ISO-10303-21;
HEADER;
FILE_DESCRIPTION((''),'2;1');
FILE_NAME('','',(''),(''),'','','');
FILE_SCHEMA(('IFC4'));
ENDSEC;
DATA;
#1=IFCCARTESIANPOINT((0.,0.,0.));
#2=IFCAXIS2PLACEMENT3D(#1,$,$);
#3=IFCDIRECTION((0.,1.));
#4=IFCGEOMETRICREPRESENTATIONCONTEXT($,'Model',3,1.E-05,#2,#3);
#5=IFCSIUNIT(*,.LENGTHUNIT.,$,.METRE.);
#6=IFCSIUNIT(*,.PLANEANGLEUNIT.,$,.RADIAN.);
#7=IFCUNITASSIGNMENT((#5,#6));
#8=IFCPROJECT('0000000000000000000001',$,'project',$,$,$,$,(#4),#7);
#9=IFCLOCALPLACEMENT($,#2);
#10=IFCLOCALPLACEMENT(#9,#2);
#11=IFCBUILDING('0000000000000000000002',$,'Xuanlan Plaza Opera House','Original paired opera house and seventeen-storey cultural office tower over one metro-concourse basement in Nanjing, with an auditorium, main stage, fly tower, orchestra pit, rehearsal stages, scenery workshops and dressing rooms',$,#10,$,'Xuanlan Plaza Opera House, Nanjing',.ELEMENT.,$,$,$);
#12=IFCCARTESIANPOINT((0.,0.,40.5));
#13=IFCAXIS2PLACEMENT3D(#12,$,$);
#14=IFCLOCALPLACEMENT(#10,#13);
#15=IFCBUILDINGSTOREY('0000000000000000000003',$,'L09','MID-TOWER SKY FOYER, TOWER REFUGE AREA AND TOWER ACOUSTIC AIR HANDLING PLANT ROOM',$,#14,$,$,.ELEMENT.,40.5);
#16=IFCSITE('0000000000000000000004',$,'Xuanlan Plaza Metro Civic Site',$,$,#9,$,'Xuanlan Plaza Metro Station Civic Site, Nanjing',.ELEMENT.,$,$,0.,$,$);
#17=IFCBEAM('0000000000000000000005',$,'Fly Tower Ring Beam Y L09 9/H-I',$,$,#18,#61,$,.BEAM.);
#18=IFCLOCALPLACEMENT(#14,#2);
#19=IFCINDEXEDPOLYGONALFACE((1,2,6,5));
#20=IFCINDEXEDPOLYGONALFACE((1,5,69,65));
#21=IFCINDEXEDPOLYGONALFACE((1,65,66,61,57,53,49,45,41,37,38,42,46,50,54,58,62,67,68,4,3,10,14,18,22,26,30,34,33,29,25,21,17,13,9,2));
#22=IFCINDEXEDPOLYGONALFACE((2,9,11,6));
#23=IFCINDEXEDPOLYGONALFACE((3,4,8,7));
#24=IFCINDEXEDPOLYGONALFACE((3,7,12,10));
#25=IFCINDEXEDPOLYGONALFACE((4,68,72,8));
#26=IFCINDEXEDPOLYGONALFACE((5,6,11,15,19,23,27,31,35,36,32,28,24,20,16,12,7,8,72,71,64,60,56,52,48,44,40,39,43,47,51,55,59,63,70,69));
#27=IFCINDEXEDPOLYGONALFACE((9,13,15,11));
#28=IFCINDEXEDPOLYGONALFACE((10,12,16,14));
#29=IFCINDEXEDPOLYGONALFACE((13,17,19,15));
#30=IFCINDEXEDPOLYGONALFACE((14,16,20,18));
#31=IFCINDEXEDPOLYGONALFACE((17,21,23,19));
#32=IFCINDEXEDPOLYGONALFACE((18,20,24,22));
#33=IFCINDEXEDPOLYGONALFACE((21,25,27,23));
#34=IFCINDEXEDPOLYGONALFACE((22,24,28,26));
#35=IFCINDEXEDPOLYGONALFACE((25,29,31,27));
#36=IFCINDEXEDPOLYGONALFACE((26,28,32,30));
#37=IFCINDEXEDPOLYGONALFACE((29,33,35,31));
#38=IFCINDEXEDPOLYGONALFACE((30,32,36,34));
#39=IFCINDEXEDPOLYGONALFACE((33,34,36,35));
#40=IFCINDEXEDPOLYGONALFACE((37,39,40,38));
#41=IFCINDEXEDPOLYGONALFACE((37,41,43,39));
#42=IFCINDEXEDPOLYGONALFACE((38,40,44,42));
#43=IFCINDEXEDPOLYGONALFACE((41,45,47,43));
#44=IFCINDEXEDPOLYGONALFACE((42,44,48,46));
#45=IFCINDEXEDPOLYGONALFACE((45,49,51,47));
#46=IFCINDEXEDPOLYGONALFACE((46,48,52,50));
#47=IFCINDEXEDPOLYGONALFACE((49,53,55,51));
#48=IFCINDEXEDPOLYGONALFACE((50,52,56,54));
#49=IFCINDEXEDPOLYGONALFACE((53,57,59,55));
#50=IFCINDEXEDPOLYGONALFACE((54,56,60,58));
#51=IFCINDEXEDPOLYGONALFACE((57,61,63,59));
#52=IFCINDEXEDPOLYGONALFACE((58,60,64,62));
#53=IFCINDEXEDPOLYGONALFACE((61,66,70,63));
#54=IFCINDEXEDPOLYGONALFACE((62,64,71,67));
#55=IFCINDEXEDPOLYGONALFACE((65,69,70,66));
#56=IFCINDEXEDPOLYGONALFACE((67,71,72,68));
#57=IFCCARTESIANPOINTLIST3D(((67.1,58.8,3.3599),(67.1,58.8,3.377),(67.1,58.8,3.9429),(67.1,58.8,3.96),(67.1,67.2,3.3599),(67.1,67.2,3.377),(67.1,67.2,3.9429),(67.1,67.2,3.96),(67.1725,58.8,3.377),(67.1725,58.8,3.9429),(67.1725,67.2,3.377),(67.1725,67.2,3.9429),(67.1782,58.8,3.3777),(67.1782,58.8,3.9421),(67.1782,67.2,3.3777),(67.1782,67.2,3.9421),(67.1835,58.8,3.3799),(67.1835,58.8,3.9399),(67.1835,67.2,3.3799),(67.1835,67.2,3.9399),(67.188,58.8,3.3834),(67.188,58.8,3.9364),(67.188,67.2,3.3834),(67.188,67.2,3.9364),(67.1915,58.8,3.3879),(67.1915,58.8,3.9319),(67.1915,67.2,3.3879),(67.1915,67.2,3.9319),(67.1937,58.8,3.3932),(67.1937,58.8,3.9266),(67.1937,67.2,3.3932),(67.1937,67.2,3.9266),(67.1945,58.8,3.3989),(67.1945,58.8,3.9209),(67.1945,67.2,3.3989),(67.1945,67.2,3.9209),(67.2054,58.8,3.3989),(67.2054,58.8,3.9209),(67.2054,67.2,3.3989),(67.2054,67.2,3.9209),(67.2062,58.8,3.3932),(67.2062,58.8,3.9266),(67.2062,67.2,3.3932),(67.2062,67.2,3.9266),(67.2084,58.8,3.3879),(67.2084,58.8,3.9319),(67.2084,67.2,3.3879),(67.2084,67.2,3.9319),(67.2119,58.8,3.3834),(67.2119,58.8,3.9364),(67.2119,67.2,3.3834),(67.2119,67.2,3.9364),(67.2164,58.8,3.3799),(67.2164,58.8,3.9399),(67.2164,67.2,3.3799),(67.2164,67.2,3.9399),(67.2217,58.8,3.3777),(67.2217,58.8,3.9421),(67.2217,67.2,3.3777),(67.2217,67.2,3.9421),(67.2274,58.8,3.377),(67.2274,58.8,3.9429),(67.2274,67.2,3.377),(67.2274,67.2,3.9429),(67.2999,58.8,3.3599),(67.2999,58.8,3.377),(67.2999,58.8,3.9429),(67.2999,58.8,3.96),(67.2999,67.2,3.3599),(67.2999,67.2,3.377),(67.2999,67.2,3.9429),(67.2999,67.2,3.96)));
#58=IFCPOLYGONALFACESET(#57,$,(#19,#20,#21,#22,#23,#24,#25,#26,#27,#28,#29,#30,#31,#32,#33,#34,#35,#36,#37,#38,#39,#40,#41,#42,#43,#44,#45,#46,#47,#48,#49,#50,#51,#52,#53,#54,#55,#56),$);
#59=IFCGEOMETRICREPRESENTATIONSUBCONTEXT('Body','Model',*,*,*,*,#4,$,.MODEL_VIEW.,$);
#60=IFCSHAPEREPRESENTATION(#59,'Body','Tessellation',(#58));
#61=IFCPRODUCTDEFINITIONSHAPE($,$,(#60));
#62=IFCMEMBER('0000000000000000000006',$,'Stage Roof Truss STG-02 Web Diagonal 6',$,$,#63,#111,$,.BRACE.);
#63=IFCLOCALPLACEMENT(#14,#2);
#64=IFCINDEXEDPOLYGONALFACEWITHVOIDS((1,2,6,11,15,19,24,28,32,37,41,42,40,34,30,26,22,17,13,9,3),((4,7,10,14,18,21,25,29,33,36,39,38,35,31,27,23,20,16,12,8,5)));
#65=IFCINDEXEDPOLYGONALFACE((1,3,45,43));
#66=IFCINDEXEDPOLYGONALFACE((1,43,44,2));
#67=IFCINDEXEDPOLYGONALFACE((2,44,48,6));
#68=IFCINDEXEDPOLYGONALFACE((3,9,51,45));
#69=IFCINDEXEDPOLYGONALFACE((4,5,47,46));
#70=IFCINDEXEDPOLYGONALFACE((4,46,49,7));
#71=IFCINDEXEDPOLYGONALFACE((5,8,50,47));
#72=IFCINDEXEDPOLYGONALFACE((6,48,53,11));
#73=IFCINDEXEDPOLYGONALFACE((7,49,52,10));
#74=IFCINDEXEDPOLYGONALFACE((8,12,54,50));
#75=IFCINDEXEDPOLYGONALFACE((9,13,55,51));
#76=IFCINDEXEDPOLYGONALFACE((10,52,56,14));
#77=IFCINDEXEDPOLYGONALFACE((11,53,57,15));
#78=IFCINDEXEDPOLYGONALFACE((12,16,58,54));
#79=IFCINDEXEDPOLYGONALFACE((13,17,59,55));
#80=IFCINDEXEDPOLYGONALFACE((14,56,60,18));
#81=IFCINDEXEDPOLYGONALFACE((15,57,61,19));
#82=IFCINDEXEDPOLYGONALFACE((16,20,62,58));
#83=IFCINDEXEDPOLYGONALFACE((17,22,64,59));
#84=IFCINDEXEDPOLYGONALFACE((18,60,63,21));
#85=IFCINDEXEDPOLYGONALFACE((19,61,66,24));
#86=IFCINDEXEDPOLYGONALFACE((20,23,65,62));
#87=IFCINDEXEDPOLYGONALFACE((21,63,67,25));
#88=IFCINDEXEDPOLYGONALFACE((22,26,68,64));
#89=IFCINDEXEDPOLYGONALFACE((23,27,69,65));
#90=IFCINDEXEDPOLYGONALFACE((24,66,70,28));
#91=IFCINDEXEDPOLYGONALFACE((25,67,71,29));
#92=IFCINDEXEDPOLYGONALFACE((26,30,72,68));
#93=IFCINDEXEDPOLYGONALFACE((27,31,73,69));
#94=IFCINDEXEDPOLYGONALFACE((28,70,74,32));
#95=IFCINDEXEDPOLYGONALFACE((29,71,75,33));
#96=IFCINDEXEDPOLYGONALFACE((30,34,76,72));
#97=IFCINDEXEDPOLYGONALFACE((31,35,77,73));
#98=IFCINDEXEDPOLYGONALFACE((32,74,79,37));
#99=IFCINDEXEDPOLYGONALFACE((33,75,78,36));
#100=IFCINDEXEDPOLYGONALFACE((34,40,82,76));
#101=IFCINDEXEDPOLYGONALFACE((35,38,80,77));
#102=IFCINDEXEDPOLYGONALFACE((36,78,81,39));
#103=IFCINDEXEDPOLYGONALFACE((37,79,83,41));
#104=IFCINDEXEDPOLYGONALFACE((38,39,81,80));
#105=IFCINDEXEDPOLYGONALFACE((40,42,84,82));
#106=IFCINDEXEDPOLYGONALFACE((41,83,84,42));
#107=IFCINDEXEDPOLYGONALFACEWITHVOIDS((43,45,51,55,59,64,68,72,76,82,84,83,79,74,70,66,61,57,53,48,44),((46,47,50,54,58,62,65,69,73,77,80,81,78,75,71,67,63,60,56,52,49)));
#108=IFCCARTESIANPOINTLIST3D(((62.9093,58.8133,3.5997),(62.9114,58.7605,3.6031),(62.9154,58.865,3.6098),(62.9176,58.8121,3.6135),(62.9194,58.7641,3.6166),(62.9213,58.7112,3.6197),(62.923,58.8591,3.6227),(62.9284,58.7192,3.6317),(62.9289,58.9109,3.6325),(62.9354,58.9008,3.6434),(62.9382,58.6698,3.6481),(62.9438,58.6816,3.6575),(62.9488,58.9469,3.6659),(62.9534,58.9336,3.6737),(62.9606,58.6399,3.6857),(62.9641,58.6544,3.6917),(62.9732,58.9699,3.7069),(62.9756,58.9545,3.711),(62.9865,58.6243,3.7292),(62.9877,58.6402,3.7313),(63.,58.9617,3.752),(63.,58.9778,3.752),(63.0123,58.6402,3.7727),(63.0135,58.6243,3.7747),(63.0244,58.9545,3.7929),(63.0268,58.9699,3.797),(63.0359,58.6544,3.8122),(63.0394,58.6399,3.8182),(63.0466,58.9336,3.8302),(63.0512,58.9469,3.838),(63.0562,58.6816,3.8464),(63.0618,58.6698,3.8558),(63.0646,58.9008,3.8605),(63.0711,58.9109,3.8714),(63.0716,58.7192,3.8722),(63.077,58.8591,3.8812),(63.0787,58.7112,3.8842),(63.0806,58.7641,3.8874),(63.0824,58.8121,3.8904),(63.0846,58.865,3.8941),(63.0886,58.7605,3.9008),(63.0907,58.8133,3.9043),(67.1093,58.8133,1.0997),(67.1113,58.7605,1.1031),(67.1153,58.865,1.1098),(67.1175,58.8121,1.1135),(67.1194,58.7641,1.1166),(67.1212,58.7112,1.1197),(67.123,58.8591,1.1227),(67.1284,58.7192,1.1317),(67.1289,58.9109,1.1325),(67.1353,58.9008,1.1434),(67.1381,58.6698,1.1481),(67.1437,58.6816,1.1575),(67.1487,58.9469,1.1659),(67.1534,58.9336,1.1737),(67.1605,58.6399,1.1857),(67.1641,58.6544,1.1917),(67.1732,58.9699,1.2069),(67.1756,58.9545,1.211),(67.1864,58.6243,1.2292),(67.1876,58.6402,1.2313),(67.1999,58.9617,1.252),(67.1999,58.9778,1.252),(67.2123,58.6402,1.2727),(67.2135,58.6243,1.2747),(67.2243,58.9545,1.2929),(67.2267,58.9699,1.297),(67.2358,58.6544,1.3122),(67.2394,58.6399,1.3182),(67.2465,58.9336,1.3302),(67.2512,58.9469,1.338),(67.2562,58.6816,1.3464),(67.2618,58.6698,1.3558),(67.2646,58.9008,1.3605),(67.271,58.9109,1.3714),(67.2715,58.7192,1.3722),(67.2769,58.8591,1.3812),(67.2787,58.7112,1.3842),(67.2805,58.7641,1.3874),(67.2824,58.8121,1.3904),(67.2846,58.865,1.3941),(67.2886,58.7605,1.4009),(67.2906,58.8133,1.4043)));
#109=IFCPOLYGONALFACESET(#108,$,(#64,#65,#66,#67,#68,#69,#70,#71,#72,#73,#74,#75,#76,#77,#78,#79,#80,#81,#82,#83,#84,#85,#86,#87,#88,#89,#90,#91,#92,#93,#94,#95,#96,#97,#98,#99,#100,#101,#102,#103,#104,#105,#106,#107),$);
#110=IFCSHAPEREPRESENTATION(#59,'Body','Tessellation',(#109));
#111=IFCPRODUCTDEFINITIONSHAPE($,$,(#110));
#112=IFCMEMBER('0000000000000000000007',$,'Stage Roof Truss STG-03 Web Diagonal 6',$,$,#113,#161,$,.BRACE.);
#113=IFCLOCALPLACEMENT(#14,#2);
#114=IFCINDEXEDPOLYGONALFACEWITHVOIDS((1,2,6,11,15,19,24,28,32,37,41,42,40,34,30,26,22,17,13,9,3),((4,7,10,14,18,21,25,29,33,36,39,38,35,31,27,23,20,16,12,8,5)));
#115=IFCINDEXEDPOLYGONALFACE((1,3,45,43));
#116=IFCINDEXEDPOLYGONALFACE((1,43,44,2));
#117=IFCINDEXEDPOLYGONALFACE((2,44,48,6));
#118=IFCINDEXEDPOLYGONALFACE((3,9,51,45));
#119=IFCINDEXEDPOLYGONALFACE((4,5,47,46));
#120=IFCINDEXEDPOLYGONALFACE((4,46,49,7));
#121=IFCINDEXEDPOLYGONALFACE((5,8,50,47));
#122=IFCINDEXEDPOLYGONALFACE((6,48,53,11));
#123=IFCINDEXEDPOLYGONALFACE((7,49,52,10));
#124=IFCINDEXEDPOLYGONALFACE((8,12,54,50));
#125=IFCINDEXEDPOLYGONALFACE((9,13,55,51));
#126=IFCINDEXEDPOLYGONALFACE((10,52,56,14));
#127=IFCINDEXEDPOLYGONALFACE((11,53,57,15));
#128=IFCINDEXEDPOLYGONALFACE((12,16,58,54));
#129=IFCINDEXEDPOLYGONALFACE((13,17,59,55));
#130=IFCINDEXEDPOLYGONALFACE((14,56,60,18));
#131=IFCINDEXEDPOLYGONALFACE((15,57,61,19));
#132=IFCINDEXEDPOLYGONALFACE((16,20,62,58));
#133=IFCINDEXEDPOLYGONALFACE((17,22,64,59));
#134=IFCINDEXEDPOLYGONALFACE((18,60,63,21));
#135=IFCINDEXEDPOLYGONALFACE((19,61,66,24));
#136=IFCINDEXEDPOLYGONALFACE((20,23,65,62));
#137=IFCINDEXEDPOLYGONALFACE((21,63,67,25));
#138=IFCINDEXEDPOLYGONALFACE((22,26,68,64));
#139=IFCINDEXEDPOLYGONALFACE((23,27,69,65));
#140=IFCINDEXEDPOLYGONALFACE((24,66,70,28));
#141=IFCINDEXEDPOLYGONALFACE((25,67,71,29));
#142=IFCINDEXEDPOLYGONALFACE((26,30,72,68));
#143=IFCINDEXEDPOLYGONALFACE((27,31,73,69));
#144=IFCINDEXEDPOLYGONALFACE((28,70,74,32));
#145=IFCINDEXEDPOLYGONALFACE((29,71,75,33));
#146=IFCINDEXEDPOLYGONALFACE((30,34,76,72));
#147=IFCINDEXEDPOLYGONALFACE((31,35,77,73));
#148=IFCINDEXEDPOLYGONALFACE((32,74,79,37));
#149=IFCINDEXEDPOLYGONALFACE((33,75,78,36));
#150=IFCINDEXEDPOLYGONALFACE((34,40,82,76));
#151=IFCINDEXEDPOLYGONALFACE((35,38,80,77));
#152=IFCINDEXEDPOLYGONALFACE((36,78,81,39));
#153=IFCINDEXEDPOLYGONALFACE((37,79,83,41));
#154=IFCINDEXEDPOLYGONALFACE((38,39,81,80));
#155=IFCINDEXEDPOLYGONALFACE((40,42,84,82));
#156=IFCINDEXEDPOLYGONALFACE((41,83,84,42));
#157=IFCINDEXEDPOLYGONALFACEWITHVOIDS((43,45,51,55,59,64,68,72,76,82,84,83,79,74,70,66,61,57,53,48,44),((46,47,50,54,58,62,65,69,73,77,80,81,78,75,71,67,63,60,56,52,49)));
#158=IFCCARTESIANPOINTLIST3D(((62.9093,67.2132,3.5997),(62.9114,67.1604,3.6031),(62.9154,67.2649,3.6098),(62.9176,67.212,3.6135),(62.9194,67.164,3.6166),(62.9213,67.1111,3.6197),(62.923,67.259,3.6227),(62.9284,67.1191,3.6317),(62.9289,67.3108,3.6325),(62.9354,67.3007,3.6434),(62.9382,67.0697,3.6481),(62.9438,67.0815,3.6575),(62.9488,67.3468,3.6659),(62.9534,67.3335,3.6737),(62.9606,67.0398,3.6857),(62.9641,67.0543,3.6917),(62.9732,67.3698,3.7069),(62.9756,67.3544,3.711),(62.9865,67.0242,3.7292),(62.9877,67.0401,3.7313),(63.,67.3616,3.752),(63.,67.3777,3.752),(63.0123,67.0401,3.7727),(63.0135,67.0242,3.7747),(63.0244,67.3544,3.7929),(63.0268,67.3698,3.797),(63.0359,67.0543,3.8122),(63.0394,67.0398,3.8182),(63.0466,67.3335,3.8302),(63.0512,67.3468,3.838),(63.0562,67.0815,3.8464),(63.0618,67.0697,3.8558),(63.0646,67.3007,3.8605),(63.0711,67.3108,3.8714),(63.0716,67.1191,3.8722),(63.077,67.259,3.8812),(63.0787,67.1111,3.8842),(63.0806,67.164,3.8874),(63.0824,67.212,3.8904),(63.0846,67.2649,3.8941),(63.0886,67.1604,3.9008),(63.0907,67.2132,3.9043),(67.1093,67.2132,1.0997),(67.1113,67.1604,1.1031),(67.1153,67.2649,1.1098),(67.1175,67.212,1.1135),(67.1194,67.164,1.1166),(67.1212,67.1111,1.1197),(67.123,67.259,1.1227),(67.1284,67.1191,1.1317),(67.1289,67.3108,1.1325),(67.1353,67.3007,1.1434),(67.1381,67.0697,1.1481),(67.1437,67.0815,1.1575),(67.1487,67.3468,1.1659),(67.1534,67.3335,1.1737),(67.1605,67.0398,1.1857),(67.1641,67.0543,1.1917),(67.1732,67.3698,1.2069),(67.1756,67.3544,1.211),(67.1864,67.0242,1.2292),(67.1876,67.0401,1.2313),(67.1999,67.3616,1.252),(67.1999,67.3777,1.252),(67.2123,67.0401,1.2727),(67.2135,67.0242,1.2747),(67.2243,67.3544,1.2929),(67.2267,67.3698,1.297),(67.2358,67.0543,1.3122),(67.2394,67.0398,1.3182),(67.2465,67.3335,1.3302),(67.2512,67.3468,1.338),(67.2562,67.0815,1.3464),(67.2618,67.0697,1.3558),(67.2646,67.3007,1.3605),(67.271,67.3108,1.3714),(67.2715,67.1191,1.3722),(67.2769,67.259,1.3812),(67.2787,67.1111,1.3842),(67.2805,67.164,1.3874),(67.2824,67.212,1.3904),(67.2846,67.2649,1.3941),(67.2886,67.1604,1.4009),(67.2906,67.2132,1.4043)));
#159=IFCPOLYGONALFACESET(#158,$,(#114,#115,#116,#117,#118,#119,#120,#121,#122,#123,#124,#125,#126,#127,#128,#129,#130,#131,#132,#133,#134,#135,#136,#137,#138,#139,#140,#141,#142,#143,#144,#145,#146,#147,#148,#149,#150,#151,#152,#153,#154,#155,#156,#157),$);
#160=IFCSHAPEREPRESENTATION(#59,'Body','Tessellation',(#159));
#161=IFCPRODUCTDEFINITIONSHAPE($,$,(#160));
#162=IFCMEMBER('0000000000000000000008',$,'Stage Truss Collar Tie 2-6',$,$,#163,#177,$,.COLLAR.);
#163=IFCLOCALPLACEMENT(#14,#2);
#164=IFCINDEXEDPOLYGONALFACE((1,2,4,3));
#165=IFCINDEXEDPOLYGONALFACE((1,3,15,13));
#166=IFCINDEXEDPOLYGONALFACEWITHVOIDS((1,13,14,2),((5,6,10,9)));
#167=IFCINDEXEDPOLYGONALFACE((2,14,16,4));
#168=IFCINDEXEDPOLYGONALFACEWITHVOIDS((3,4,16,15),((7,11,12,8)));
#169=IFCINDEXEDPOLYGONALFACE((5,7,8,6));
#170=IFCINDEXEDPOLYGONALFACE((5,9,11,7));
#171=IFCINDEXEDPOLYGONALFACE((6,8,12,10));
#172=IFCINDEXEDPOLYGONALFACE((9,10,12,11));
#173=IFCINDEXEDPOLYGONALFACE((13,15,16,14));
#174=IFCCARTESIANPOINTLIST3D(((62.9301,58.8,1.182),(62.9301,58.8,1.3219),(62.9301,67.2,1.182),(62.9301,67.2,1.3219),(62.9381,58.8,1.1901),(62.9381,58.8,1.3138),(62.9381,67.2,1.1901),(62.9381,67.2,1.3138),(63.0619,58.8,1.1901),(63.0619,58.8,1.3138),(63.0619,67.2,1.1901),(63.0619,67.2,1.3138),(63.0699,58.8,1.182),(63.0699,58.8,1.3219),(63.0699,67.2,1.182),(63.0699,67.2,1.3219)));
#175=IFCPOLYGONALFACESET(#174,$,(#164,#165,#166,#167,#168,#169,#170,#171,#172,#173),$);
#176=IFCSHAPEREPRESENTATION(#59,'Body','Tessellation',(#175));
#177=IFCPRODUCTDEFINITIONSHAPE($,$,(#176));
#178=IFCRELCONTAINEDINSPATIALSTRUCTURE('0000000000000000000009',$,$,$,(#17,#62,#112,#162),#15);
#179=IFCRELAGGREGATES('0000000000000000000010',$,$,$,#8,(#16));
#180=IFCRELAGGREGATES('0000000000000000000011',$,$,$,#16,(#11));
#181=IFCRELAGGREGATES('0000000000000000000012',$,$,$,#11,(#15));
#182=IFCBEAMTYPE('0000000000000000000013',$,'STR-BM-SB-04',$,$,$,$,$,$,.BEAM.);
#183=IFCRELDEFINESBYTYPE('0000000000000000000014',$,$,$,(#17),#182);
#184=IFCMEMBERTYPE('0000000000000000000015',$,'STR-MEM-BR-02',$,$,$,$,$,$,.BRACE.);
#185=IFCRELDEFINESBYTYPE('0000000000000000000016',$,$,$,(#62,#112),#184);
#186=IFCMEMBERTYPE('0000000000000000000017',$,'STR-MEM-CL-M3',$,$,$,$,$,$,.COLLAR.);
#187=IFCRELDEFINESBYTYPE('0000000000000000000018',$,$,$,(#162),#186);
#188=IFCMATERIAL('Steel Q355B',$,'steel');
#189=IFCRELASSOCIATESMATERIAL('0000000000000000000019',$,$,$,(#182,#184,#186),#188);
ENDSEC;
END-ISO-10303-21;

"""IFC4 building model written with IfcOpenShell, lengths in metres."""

from ifc_helpers import new_model, si_unit, direction, frame, origin, origin_2d, place, context, subcontext, project, spatial, hollow_rectangle, hollow_circle, i_section, extrude, material, material_profile, profile_set, type_object, element, save


model = new_model("IFC4")

# Units and contexts
model_context = context("Model", 3, precision=1e-05, world=origin(), true_north=direction((0.0, 1.0)))
body_context = subcontext(model_context, "Body", "Model", "MODEL_VIEW")
ifc_project = project(units=[si_unit("LENGTHUNIT", "METRE"), si_unit("PLANEANGLEUNIT", "RADIAN")], contexts=[model_context])

# Site, building, storey
site_placement = place(None, origin())
site = spatial("IfcSite", under=ifc_project, at=site_placement, Name="Xuanlan Plaza Metro Civic Site", LongName="Xuanlan Plaza Metro Station Civic Site, Nanjing", CompositionType="ELEMENT", RefElevation=0.0)
building_placement = place(site_placement, origin())
building = spatial("IfcBuilding", under=site, at=building_placement, Name="Xuanlan Plaza Opera House", Description="Original paired opera house and seventeen-storey cultural office tower over one metro-concourse basement in Nanjing, with an auditorium, main stage, fly tower, orchestra pit, rehearsal stages, scenery workshops and dressing rooms", LongName="Xuanlan Plaza Opera House, Nanjing", CompositionType="ELEMENT")
storey_placement = place(building_placement, frame((0.0, 0.0, 40.5)))
storey = spatial("IfcBuildingStorey", under=building, at=storey_placement, Name="L09", Description="MID-TOWER SKY FOYER, TOWER REFUGE AREA AND TOWER ACOUSTIC AIR HANDLING PLANT ROOM", CompositionType="ELEMENT", Elevation=40.5)

# Beam
ifc_material_1 = material(Name="Steel Q355B", Category="steel")
ifc_material_profile_1 = material_profile(ifc_material_1, i_section(OverallWidth=0.2, OverallDepth=0.6001, WebThickness=0.011, FlangeThickness=0.0171, FilletRadius=0.022, at=origin_2d()), Name="HN 600x200x11x17")
ifc_profile_set_1 = profile_set([ifc_material_profile_1], Name="Steel Q355B")
beam_type = type_object("IfcBeamType", Name="STR-BM-SB-04", PredefinedType="BEAM", material=ifc_profile_set_1)
beam_placement = place(storey_placement, frame((67.2, 58.8, 3.6599), z_axis=(0.0, 1.0, 0.0), x_axis=(-1.0, 0.0, 0.0)))
element("IfcBeam", 1, at=beam_placement, inside=storey, type_object=beam_type, Name="Fly Tower Ring Beam Y L09 9/H-I", PredefinedType="BEAM", context=body_context, shape_type="SweptSolid", body=[
    extrude(i_section(OverallWidth=0.2, OverallDepth=0.6001, WebThickness=0.011, FlangeThickness=0.0171, FilletRadius=0.022, at=origin_2d()), origin(), (0.0, 0.0, 1.0), 8.3999),
])

# Members
ifc_material_profile_2 = material_profile(ifc_material_1, hollow_circle(Radius=0.1777, WallThickness=0.0161, at=origin_2d()), Name="CHS 355.6x16")
ifc_profile_set_2 = profile_set([ifc_material_profile_2], Name="Steel Q355B")
member_type_1 = type_object("IfcMemberType", Name="STR-MEM-BR-02", PredefinedType="BRACE", material=ifc_profile_set_2)
for number, where, z_axis, x_axis, name in (
    (2, (63.0, 58.8, 3.752), (0.85929, 0.0, -0.511488), (0.0, 1.0, 0.0), "Stage Roof Truss STG-02 Web Diagonal 6"),
    (3, (63.0, 67.2, 3.752), (0.85929, 0.0, -0.511488), (0.0, 1.0, 0.0), "Stage Roof Truss STG-03 Web Diagonal 6"),
):
    element("IfcMember", number, at=place(storey_placement, frame(where, z_axis=z_axis, x_axis=x_axis)), inside=storey, type_object=member_type_1, Name=name, PredefinedType="BRACE", context=body_context, shape_type="SweptSolid", body=[
        extrude(hollow_circle(Radius=0.1777, WallThickness=0.0161, at=origin_2d()), origin(), (0.0, 0.0, 1.0), 4.8877),
    ])
ifc_material_profile_3 = material_profile(ifc_material_1, hollow_rectangle(XDim=0.1399, YDim=0.1399, WallThickness=0.0081, at=origin_2d()), Name="SHS 140x140x8")
ifc_profile_set_3 = profile_set([ifc_material_profile_3], Name="Steel Q355B")
member_type_2 = type_object("IfcMemberType", Name="STR-MEM-CL-M3", PredefinedType="COLLAR", material=ifc_profile_set_3)
member_1_placement = place(storey_placement, frame((63.0, 58.8, 1.252), z_axis=(0.0, 1.0, 0.0), x_axis=(-1.0, 0.0, 0.0)))
element("IfcMember", 4, at=member_1_placement, inside=storey, type_object=member_type_2, Name="Stage Truss Collar Tie 2-6", PredefinedType="COLLAR", context=body_context, shape_type="SweptSolid", body=[
    extrude(hollow_rectangle(XDim=0.1399, YDim=0.1399, WallThickness=0.0081, at=origin_2d()), origin(), (0.0, 0.0, 1.0), 8.3999),
])

save(model, "model.ifc")
